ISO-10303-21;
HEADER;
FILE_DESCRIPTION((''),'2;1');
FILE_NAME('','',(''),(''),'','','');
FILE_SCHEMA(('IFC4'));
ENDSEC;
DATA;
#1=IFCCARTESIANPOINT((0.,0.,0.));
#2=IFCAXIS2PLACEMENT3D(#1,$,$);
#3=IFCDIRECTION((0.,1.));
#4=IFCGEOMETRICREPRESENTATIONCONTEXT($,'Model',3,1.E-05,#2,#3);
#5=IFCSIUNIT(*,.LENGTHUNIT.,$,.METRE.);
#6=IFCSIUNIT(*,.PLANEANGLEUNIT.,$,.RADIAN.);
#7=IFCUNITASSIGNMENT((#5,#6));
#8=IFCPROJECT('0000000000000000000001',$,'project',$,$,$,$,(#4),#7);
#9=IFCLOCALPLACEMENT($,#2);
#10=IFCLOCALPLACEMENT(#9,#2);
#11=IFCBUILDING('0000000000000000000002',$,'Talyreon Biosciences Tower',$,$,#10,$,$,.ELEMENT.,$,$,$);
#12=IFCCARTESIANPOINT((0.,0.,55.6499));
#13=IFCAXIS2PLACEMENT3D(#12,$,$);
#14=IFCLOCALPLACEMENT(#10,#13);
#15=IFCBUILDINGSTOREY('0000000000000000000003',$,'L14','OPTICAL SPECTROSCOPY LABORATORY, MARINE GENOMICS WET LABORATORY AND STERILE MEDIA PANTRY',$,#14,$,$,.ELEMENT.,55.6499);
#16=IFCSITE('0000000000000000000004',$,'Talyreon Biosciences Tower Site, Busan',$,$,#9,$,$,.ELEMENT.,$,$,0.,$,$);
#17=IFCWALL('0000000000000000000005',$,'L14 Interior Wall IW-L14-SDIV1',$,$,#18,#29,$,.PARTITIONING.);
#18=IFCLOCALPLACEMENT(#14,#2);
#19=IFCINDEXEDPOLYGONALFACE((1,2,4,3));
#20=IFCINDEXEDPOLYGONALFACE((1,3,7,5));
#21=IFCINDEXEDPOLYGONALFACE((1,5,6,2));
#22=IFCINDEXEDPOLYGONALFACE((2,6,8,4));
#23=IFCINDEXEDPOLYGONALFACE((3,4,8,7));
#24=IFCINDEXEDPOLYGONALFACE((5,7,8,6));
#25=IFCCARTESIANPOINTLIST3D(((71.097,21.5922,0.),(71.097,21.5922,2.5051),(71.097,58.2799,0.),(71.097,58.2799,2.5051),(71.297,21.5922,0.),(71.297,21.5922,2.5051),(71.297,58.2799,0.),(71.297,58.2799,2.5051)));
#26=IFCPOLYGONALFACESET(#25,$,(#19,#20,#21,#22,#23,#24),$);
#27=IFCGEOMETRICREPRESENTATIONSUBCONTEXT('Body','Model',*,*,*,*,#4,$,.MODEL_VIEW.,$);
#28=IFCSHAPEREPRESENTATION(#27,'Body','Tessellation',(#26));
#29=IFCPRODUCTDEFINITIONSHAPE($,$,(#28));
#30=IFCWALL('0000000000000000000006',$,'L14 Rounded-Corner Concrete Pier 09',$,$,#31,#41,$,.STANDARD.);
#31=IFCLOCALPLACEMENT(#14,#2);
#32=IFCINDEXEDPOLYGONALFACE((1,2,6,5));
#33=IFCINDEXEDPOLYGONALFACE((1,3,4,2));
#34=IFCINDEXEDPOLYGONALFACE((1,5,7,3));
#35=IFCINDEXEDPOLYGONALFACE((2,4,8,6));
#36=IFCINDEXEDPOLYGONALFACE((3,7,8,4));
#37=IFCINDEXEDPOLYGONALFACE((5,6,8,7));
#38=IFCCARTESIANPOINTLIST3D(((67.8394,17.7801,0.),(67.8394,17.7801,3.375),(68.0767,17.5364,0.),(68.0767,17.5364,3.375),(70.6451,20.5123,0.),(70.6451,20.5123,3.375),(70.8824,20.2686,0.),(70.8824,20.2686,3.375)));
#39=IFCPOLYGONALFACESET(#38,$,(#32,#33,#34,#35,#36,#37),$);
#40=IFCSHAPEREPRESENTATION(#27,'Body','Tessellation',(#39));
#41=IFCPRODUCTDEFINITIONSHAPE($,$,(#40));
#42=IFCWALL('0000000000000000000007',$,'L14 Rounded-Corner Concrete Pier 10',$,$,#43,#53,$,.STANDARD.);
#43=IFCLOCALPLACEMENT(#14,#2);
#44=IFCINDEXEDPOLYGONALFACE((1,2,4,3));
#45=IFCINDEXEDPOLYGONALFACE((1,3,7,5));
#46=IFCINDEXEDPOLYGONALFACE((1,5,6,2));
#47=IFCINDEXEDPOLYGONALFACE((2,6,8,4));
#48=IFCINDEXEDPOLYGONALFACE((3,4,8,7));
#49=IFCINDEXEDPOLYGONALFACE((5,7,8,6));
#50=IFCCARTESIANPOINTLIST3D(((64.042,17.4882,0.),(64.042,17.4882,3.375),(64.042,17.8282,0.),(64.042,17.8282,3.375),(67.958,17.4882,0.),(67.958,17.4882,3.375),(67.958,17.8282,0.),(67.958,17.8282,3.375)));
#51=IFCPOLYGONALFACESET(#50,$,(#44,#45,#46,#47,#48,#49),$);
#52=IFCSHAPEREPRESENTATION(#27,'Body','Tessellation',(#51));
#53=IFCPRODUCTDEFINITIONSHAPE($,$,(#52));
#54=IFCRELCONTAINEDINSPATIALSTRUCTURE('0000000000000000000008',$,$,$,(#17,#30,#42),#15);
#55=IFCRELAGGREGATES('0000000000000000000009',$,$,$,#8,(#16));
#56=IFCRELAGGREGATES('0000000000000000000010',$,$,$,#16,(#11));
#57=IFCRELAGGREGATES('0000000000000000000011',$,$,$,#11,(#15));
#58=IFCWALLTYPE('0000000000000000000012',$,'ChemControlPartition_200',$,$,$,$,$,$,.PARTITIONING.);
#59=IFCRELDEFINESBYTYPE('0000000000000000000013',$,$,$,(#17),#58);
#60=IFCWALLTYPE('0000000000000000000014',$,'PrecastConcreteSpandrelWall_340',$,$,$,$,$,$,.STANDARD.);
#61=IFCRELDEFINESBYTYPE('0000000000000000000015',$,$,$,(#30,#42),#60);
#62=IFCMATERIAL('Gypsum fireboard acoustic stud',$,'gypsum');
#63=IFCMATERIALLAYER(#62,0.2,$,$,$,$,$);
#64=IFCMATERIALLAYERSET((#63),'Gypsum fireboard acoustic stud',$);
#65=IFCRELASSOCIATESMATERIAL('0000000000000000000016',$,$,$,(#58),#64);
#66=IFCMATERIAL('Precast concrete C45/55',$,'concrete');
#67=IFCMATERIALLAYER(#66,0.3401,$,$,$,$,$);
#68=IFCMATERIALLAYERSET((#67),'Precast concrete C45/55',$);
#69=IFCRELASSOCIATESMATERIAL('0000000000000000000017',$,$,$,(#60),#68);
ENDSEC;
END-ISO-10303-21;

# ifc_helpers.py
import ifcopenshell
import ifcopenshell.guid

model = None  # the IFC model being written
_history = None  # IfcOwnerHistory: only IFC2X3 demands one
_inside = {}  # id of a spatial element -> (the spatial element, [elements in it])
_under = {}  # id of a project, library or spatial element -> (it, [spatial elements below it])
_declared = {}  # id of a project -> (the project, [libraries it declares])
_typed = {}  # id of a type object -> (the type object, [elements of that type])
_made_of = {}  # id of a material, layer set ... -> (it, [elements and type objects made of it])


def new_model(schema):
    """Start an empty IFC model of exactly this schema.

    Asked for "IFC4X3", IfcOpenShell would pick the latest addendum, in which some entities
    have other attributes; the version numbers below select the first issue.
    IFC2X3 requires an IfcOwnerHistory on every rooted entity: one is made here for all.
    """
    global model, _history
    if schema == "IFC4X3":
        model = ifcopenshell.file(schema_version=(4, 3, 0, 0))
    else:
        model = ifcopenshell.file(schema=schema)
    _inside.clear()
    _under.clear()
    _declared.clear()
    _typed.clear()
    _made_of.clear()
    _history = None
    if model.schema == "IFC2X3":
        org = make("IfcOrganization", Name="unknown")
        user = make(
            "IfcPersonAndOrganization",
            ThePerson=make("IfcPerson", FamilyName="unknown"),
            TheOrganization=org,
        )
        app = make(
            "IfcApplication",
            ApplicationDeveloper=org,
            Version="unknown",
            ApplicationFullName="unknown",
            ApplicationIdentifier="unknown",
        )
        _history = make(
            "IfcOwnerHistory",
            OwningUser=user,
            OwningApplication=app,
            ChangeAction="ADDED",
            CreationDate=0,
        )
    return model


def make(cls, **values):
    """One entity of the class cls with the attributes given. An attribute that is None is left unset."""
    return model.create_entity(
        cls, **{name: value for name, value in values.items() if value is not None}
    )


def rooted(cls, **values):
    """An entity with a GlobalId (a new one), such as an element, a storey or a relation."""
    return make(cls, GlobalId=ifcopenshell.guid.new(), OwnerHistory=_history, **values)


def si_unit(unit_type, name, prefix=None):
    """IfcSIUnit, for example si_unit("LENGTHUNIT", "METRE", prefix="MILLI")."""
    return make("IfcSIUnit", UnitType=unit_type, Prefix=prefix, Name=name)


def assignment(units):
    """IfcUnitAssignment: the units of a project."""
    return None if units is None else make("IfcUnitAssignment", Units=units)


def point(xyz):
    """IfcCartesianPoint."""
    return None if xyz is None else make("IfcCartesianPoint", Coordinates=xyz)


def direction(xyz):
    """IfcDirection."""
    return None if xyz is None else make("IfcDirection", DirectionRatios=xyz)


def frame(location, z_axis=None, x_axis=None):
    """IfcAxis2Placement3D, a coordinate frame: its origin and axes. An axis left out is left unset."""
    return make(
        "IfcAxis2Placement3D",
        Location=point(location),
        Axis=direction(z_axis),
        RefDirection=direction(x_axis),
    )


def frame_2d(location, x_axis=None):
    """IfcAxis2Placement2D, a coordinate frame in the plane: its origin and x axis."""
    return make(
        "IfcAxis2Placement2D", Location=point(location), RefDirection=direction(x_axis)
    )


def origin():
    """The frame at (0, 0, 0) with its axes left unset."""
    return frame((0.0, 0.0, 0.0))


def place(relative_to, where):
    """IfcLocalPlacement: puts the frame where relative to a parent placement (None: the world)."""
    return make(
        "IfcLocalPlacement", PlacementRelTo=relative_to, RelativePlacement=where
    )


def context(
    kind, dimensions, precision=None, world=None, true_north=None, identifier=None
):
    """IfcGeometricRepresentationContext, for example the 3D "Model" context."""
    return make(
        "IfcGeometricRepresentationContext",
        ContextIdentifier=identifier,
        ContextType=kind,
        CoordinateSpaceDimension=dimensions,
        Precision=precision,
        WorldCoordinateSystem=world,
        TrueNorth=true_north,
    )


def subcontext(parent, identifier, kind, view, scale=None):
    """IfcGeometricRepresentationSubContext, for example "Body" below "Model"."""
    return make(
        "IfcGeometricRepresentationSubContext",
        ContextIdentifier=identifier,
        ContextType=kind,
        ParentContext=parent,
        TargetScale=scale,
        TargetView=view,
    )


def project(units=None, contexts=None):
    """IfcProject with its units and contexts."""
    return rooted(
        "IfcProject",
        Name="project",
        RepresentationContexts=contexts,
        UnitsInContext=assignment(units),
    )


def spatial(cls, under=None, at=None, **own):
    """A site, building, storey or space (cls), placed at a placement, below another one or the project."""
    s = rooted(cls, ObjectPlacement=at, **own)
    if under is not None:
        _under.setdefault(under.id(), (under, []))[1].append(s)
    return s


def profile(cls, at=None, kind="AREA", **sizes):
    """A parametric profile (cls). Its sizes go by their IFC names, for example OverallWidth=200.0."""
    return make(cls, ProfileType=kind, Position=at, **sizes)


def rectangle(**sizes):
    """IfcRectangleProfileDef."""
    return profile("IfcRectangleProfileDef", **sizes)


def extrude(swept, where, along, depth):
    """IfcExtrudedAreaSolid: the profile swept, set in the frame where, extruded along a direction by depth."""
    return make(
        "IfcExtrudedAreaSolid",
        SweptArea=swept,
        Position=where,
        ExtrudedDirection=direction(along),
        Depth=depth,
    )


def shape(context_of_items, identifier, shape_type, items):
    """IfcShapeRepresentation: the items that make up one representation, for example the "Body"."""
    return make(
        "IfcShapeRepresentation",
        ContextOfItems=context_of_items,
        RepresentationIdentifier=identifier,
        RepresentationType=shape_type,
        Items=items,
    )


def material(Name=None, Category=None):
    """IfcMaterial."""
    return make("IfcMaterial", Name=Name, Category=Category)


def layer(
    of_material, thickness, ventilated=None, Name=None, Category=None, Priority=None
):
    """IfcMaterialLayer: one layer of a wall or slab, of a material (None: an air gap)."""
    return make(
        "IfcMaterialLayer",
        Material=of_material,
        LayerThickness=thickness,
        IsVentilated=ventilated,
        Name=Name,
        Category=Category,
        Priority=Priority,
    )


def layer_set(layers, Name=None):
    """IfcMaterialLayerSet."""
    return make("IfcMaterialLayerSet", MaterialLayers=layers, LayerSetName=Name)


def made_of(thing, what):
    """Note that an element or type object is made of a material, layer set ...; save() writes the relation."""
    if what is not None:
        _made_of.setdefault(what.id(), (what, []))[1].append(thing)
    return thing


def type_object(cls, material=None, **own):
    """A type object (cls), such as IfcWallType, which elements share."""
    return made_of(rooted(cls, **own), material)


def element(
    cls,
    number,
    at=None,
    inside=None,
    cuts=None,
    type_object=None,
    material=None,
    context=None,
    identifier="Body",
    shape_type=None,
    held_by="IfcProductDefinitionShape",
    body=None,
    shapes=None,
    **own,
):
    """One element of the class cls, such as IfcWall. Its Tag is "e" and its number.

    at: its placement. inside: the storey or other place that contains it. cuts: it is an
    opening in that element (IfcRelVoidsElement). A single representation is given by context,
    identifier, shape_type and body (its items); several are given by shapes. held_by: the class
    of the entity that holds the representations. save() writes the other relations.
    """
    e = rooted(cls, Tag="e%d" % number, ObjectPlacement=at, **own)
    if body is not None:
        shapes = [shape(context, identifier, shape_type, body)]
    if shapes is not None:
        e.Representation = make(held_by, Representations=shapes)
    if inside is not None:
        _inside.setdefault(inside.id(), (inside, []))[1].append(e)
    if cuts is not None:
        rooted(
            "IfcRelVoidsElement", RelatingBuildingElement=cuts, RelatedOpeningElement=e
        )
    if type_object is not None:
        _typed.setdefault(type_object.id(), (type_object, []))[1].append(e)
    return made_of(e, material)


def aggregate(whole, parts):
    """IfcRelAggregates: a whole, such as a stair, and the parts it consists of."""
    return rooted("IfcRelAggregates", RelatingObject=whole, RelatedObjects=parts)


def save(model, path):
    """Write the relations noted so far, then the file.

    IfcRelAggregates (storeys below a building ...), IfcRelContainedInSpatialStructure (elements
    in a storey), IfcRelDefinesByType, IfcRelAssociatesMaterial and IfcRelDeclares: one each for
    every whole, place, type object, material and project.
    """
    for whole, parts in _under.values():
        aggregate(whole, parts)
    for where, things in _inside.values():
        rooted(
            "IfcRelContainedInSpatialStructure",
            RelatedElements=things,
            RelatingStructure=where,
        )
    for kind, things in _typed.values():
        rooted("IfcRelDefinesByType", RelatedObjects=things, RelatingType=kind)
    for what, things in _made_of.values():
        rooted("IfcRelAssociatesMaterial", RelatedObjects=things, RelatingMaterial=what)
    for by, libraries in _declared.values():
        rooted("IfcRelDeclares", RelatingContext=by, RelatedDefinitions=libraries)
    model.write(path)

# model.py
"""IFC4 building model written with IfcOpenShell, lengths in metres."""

from ifc_helpers import new_model, si_unit, direction, frame, frame_2d, origin, place, context, subcontext, project, spatial, rectangle, extrude, material, layer, layer_set, type_object, element, save


model = new_model("IFC4")

# Units and contexts
model_context = context("Model", 3, precision=1e-05, world=origin(), true_north=direction((0.0, 1.0)))
body_context = subcontext(model_context, "Body", "Model", "MODEL_VIEW")
ifc_project = project(units=[si_unit("LENGTHUNIT", "METRE"), si_unit("PLANEANGLEUNIT", "RADIAN")], contexts=[model_context])

# Site, building, storey
site_placement = place(None, origin())
site = spatial("IfcSite", under=ifc_project, at=site_placement, Name="Talyreon Biosciences Tower Site, Busan", CompositionType="ELEMENT", RefElevation=0.0)
building_placement = place(site_placement, origin())
building = spatial("IfcBuilding", under=site, at=building_placement, Name="Talyreon Biosciences Tower", CompositionType="ELEMENT")
storey_placement = place(building_placement, frame((0.0, 0.0, 55.6499)))
storey = spatial("IfcBuildingStorey", under=building, at=storey_placement, Name="L14", Description="OPTICAL SPECTROSCOPY LABORATORY, MARINE GENOMICS WET LABORATORY AND STERILE MEDIA PANTRY", CompositionType="ELEMENT", Elevation=55.6499)

# Shared definitions
ifc_material_1 = material(Name="Precast concrete C45/55", Category="concrete")

# Walls
ifc_material_2 = material(Name="Gypsum fireboard acoustic stud", Category="gypsum")
ifc_layer_1 = layer(ifc_material_2, 0.2)
ifc_layer_set_1 = layer_set([ifc_layer_1], Name="Gypsum fireboard acoustic stud")
wall_type_1 = type_object("IfcWallType", Name="ChemControlPartition_200", PredefinedType="PARTITIONING", material=ifc_layer_set_1)
wall_1_placement = place(storey_placement, frame((71.197, 21.5923, 0.0), z_axis=(0.0, 0.0, 1.0), x_axis=(0.0, 1.0, 0.0)))
element("IfcWall", 1, at=wall_1_placement, inside=storey, type_object=wall_type_1, Name="L14 Interior Wall IW-L14-SDIV1", PredefinedType="PARTITIONING", context=body_context, shape_type="SweptSolid", body=[
    extrude(rectangle(XDim=36.6877, YDim=0.2, at=frame_2d((18.3438, 0.0))), origin(), (0.0, 0.0, 1.0), 2.5051),
])
ifc_layer_2 = layer(ifc_material_1, 0.3401)
ifc_layer_set_2 = layer_set([ifc_layer_2], Name="Precast concrete C45/55")
wall_type_2 = type_object("IfcWallType", Name="PrecastConcreteSpandrelWall_340", PredefinedType="STANDARD", material=ifc_layer_set_2)
wall_2_placement = place(storey_placement, frame((70.7637, 20.3904, 0.0), z_axis=(0.0, 0.0, 1.0), x_axis=(-0.716427, -0.697662, 0.0)))
element("IfcWall", 2, at=wall_2_placement, inside=storey, type_object=wall_type_2, Name="L14 Rounded-Corner Concrete Pier 09", PredefinedType="STANDARD", context=body_context, shape_type="SweptSolid", body=[
    extrude(rectangle(XDim=3.9163, YDim=0.3401, at=frame_2d((1.958, 0.0))), origin(), (0.0, 0.0, 1.0), 3.375),
])
wall_3_placement = place(storey_placement, frame((67.958, 17.6582, 0.0), z_axis=(0.0, 0.0, 1.0), x_axis=(-1.0, 0.0, 0.0)))
element("IfcWall", 3, at=wall_3_placement, inside=storey, type_object=wall_type_2, Name="L14 Rounded-Corner Concrete Pier 10", PredefinedType="STANDARD", context=body_context, shape_type="SweptSolid", body=[
    extrude(rectangle(XDim=3.916, YDim=0.3401, at=frame_2d((1.958, 0.0))), origin(), (0.0, 0.0, 1.0), 3.375),
])

save(model, "model.ifc")
